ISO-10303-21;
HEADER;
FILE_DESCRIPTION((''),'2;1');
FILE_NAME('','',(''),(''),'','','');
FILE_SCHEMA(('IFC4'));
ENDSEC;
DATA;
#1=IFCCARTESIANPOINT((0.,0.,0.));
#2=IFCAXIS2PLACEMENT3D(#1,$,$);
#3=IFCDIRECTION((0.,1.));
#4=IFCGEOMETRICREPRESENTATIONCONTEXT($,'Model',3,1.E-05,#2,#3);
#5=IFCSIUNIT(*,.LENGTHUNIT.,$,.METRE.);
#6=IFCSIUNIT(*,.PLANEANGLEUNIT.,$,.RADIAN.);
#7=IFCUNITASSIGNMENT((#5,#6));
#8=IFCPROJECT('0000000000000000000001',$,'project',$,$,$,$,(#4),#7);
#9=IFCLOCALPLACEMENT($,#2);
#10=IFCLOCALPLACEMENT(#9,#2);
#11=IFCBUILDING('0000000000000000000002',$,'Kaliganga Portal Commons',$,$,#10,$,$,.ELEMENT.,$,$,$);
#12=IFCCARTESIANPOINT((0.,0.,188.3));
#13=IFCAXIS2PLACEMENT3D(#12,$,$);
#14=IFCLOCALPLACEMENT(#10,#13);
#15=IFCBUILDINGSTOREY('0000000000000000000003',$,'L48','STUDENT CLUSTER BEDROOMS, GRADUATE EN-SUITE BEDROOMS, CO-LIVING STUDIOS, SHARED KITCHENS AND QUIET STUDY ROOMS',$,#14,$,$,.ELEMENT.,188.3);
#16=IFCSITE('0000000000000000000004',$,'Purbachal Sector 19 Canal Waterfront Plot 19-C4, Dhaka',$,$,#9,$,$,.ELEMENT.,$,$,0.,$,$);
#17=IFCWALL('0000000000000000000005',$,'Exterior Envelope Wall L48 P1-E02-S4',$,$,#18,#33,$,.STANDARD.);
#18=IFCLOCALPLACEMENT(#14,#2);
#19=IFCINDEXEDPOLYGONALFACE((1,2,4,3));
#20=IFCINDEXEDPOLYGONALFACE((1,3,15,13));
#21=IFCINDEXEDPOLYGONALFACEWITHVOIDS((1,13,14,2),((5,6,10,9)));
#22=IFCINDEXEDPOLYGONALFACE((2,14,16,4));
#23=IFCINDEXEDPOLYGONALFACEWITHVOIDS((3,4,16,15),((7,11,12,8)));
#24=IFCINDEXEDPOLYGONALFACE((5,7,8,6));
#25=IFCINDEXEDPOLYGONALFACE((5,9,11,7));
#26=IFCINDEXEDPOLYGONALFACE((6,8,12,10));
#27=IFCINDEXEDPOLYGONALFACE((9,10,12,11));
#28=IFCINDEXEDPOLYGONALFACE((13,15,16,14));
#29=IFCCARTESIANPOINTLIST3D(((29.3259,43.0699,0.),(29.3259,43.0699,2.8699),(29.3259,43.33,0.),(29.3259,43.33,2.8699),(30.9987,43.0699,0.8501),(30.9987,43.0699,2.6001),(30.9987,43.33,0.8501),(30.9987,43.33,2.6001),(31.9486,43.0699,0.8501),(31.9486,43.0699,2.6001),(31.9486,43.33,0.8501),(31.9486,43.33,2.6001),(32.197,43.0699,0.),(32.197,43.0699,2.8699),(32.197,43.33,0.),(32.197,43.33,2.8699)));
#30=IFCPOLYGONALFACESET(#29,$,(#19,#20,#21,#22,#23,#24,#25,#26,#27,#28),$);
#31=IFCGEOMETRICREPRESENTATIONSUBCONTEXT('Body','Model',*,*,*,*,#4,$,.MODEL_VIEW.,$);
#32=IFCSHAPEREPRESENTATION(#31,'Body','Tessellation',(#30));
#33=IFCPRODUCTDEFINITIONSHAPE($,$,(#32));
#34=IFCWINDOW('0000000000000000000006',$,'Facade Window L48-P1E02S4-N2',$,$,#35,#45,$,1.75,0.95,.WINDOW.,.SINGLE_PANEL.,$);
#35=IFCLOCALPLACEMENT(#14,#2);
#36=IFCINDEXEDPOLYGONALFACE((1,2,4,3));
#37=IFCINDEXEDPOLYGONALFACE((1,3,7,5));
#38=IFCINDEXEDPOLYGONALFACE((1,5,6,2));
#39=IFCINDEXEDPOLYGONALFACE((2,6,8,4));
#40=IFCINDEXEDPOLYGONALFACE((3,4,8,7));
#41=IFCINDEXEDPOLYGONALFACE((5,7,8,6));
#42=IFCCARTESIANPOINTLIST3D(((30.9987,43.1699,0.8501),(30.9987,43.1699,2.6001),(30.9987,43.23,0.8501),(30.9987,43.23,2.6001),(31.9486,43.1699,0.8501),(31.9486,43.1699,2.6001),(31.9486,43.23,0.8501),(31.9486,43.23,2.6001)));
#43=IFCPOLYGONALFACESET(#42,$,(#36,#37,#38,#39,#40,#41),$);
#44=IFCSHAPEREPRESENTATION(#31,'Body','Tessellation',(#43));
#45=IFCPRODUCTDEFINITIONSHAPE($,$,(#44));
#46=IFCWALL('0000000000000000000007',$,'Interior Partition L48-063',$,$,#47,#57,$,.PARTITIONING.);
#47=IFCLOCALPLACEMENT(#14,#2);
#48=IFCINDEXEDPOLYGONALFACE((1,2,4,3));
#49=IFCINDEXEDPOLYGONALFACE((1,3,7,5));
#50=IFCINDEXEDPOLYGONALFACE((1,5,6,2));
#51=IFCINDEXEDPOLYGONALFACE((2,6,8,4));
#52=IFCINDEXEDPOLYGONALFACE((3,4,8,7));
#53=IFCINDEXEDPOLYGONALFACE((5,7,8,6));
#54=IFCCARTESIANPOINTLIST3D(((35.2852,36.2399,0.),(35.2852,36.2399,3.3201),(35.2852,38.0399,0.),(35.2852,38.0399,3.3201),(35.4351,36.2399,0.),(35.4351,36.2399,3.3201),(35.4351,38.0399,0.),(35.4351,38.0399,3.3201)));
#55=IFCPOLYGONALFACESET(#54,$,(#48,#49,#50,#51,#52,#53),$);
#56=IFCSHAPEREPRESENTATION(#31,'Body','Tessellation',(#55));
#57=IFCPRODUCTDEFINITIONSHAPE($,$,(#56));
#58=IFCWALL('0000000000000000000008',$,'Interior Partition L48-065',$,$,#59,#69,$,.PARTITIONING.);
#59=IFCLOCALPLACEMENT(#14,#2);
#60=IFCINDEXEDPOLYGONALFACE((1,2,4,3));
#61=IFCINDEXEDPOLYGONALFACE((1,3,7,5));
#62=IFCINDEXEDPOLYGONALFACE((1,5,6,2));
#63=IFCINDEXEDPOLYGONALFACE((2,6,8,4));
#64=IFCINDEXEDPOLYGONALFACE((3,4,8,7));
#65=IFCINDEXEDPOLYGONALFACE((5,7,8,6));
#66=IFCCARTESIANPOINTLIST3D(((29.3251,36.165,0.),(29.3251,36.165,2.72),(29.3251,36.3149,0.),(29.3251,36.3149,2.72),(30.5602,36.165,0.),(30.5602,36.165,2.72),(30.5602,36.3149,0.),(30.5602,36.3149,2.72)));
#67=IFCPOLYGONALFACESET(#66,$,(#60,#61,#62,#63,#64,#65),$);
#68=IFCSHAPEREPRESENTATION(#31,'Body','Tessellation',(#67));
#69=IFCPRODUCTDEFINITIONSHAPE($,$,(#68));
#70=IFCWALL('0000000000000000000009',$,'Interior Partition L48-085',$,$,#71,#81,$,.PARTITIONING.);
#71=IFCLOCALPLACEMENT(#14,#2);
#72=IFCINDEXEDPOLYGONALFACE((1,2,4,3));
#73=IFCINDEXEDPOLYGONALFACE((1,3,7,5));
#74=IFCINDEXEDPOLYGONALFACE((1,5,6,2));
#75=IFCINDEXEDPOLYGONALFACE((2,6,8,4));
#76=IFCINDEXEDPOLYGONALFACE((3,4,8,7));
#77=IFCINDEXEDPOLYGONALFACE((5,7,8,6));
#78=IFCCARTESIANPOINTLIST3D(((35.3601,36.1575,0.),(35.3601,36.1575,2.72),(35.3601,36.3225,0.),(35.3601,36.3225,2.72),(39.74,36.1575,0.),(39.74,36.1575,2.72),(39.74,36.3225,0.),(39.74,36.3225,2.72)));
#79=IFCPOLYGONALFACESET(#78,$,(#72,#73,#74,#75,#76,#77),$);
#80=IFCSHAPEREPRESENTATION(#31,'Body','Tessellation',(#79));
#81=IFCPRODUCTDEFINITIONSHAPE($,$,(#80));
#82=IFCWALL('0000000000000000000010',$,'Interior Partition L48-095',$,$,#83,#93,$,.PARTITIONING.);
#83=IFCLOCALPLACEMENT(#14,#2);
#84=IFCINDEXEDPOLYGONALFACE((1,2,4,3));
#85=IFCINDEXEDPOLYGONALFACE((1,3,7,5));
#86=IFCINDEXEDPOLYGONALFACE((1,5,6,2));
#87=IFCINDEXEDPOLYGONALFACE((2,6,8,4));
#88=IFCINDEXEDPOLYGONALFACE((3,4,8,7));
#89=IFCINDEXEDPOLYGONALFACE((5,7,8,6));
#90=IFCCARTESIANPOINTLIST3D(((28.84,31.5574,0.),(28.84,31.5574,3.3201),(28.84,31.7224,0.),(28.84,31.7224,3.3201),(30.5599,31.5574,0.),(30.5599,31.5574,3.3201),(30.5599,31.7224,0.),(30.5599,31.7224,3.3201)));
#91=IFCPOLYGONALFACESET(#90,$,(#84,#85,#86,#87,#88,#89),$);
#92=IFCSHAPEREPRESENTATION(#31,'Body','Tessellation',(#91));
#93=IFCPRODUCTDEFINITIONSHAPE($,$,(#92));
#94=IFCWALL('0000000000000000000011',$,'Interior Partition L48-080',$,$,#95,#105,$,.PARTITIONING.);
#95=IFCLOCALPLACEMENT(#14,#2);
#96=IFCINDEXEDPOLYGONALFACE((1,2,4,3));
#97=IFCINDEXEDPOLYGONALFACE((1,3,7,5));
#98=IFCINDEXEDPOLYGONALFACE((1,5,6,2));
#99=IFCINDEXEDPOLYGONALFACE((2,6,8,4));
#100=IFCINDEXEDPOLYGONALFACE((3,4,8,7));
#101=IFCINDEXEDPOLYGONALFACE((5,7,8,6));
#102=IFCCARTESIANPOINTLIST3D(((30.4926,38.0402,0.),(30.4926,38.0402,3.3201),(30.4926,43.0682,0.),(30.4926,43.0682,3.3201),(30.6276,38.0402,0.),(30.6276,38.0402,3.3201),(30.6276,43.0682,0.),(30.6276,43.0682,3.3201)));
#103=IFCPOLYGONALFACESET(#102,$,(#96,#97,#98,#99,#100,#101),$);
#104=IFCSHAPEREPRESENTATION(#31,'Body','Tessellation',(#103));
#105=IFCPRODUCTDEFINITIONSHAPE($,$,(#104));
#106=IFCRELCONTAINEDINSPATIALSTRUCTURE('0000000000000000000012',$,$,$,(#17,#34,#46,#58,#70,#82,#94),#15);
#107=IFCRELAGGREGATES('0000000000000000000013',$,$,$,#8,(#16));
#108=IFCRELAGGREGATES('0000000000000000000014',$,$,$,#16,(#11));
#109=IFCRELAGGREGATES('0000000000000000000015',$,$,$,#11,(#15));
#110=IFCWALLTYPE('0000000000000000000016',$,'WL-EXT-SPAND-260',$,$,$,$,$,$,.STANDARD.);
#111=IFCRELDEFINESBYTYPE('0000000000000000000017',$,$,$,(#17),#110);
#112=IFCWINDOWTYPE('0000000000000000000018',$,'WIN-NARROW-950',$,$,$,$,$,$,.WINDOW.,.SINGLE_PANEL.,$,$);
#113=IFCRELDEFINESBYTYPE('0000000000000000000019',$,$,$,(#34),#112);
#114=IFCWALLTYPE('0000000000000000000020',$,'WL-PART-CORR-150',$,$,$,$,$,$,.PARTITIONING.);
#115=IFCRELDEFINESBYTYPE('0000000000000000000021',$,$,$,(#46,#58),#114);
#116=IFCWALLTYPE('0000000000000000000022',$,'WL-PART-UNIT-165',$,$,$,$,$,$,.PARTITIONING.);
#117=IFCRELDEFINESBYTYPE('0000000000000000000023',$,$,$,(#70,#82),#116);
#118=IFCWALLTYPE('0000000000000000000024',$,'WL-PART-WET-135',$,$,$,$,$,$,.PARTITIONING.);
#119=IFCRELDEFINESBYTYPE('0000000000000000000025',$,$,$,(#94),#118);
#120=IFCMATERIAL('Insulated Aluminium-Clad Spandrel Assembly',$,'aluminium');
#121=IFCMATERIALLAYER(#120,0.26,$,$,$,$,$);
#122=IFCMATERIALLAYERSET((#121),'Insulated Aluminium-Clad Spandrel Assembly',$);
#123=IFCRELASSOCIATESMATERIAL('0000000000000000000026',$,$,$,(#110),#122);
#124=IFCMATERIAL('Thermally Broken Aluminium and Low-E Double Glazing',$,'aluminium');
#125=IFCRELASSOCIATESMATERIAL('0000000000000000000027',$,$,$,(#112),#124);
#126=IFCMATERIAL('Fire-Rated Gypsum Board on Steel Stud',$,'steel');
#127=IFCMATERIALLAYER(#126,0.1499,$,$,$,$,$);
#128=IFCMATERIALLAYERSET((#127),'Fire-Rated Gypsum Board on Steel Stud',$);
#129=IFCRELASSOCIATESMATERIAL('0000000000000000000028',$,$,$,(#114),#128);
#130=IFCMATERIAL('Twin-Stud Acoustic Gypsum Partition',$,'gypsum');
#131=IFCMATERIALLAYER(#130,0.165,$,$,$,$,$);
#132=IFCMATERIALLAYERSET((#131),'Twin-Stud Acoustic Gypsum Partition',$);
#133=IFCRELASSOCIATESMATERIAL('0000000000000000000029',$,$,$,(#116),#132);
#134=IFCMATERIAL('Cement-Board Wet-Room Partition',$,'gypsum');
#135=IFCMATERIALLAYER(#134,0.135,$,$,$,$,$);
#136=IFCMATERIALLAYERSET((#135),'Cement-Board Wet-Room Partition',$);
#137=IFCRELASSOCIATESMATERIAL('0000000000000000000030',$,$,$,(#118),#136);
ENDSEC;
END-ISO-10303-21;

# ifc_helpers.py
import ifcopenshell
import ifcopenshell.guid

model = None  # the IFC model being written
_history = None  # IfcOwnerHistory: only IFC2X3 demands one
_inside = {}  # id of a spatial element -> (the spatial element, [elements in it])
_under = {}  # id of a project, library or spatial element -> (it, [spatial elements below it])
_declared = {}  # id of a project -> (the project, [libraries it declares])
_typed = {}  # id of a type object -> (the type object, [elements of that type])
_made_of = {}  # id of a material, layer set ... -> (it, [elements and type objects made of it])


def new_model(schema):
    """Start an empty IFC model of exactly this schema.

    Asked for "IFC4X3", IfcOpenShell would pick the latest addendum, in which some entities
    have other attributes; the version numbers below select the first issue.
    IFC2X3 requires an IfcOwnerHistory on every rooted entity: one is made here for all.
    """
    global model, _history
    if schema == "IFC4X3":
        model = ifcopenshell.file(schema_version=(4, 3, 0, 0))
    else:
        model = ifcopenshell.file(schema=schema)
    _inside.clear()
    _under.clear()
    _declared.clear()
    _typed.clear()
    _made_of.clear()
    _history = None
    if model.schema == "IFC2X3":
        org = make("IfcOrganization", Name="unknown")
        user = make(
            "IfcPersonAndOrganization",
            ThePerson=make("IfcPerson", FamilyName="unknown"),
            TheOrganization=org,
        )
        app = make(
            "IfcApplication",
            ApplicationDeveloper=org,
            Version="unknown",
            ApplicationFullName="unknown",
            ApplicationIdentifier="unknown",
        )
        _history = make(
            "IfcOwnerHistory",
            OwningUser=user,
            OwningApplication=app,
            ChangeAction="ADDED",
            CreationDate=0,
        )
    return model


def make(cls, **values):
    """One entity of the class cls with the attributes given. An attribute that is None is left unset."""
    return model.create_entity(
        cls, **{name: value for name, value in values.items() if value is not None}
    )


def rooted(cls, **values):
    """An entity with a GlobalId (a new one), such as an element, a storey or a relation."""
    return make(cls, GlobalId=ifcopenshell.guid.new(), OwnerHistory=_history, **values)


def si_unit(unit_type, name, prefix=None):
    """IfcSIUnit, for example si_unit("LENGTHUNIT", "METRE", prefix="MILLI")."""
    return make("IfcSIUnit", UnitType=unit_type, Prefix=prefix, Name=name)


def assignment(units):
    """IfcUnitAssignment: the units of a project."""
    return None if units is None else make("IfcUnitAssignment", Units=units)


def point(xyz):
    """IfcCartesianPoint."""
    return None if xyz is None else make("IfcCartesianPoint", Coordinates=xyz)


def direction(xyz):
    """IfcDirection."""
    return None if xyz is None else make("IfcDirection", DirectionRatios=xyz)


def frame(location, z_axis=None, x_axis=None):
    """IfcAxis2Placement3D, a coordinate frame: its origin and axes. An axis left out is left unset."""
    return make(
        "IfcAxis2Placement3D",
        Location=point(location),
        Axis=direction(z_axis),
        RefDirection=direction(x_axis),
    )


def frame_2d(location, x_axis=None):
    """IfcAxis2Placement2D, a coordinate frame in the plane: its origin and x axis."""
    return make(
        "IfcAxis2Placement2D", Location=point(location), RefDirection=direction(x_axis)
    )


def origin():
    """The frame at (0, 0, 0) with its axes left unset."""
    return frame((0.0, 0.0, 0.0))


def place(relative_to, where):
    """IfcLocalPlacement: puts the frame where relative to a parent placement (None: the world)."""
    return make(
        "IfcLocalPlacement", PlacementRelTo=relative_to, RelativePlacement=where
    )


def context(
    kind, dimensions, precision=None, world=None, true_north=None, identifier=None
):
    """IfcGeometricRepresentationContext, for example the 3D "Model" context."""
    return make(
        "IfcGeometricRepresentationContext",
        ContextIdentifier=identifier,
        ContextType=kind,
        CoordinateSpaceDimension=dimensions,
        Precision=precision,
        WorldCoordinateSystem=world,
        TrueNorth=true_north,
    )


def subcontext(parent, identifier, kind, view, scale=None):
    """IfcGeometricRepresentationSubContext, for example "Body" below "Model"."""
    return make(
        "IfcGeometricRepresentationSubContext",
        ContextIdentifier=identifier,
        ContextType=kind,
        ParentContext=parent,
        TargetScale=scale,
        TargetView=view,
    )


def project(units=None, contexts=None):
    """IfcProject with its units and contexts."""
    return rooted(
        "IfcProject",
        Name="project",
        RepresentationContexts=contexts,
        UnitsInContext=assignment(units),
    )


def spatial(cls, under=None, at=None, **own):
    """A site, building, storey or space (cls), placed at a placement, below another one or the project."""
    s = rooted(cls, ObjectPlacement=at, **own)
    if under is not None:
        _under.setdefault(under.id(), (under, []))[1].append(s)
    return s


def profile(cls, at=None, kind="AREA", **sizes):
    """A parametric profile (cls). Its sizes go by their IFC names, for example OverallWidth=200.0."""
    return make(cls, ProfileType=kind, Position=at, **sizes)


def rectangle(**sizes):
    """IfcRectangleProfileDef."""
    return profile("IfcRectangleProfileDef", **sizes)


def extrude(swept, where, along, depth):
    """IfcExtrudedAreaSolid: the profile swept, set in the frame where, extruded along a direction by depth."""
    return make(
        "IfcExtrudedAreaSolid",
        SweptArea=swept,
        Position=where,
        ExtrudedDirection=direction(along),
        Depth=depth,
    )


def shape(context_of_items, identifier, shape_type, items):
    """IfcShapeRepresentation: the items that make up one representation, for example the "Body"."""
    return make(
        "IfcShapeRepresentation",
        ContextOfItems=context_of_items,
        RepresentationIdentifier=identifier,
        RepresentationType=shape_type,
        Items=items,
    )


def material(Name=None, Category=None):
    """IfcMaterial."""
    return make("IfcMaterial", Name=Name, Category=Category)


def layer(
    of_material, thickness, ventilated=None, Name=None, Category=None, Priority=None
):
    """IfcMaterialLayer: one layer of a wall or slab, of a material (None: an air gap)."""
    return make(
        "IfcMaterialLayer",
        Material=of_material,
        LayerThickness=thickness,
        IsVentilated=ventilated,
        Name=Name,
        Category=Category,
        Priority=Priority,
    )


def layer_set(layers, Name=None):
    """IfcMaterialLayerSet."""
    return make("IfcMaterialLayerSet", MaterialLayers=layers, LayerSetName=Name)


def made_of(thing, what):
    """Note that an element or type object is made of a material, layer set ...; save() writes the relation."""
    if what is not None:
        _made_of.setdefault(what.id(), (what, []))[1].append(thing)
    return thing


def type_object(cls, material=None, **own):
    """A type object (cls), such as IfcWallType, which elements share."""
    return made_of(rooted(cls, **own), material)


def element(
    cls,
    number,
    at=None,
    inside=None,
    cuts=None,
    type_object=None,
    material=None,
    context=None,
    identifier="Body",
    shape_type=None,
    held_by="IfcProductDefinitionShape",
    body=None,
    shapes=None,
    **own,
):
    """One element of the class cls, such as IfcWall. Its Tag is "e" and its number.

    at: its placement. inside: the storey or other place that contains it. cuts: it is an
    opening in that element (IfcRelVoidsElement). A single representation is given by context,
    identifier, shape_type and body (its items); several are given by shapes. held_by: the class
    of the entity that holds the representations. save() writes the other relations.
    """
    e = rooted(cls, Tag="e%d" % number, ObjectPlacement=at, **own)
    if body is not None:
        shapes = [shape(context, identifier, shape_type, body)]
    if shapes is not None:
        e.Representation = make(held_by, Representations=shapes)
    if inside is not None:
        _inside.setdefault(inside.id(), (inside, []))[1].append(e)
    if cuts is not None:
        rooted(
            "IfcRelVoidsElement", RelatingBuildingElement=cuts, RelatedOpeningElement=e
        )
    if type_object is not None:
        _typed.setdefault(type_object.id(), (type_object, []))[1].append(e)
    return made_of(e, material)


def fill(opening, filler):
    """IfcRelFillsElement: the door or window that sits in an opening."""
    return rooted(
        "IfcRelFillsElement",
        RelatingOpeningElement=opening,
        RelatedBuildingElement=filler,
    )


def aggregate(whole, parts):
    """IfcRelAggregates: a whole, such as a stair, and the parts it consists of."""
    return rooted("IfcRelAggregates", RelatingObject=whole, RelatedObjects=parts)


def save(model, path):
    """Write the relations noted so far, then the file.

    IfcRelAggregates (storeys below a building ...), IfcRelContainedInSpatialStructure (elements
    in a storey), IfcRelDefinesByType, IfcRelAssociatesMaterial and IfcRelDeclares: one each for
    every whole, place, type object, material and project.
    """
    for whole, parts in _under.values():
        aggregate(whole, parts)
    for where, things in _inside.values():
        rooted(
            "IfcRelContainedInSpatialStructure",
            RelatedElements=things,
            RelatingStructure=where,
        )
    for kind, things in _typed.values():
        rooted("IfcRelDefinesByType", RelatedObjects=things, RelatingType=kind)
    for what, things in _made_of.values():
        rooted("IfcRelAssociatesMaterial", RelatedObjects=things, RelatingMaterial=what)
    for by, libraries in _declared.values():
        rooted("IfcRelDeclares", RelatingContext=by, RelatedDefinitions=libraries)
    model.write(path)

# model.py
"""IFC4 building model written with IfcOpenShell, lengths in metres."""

from ifc_helpers import new_model, si_unit, direction, frame, frame_2d, origin, place, context, subcontext, project, spatial, rectangle, extrude, material, layer, layer_set, type_object, element, fill, save


model = new_model("IFC4")

# Units and contexts
model_context = context("Model", 3, precision=1e-05, world=origin(), true_north=direction((0.0, 1.0)))
body_context = subcontext(model_context, "Body", "Model", "MODEL_VIEW")
ifc_project = project(units=[si_unit("LENGTHUNIT", "METRE"), si_unit("PLANEANGLEUNIT", "RADIAN")], contexts=[model_context])

# Site, building, storey
site_placement = place(None, origin())
site = spatial("IfcSite", under=ifc_project, at=site_placement, Name="Purbachal Sector 19 Canal Waterfront Plot 19-C4, Dhaka", CompositionType="ELEMENT", RefElevation=0.0)
building_placement = place(site_placement, origin())
building = spatial("IfcBuilding", under=site, at=building_placement, Name="Kaliganga Portal Commons", CompositionType="ELEMENT")
storey_placement = place(building_placement, frame((0.0, 0.0, 188.3)))
storey = spatial("IfcBuildingStorey", under=building, at=storey_placement, Name="L48", Description="STUDENT CLUSTER BEDROOMS, GRADUATE EN-SUITE BEDROOMS, CO-LIVING STUDIOS, SHARED KITCHENS AND QUIET STUDY ROOMS", CompositionType="ELEMENT", Elevation=188.3)

# Shared definitions
ifc_material_1 = material(Name="Insulated Aluminium-Clad Spandrel Assembly", Category="aluminium")
ifc_layer_1 = layer(ifc_material_1, 0.26)
ifc_layer_set_1 = layer_set([ifc_layer_1], Name="Insulated Aluminium-Clad Spandrel Assembly")
wall_type_1 = type_object("IfcWallType", Name="WL-EXT-SPAND-260", PredefinedType="STANDARD", material=ifc_layer_set_1)
ifc_material_2 = material(Name="Thermally Broken Aluminium and Low-E Double Glazing", Category="aluminium")

# Wall, opening, window
window_type_1 = type_object("IfcWindowType", Name="WIN-NARROW-950", PartitioningType="SINGLE_PANEL", PredefinedType="WINDOW", material=ifc_material_2)
wall_1_placement = place(storey_placement, frame((29.3259, 43.2, 0.0), z_axis=(0.0, 0.0, 1.0), x_axis=(1.0, 0.0, 0.0)))
wall_1 = element("IfcWall", 1, at=wall_1_placement, inside=storey, type_object=wall_type_1, Name="Exterior Envelope Wall L48 P1-E02-S4", PredefinedType="STANDARD", context=body_context, shape_type="SweptSolid", body=[
    extrude(rectangle(XDim=2.8711, YDim=0.26, at=frame_2d((1.4355, 0.0))), origin(), (0.0, 0.0, 1.0), 2.8699),
])
opening_1_placement = place(wall_1_placement, frame((1.6726, 0.0, 0.8501)))
opening_1 = element("IfcOpeningElement", 2, at=opening_1_placement, cuts=wall_1, PredefinedType="OPENING", context=body_context, shape_type="SweptSolid", body=[
    extrude(rectangle(XDim=0.95, YDim=1.75, at=frame_2d((0.4751, 0.875))), frame((0.0, 0.1401, 0.0), z_axis=(0.0, -1.0, 0.0), x_axis=(1.0, 0.0, 0.0)), (0.0, 0.0, 1.0), 0.28),
])
window_1_placement = place(opening_1_placement, origin())
window_1 = element("IfcWindow", 3, at=window_1_placement, inside=storey, type_object=window_type_1, Name="Facade Window L48-P1E02S4-N2", OverallHeight=1.75, OverallWidth=0.95, PartitioningType="SINGLE_PANEL", PredefinedType="WINDOW", context=body_context, shape_type="SweptSolid", body=[
    extrude(rectangle(XDim=0.95, YDim=1.75, at=frame_2d((0.4751, 0.875))), frame((0.0, 0.03, 0.0), z_axis=(0.0, -1.0, 0.0), x_axis=(1.0, 0.0, 0.0)), (0.0, 0.0, 1.0), 0.0601),
])
fill(opening_1, window_1)

# Shared definitions
ifc_material_3 = material(Name="Fire-Rated Gypsum Board on Steel Stud", Category="steel")
ifc_layer_2 = layer(ifc_material_3, 0.1499)
ifc_layer_set_2 = layer_set([ifc_layer_2], Name="Fire-Rated Gypsum Board on Steel Stud")
wall_type_2 = type_object("IfcWallType", Name="WL-PART-CORR-150", PredefinedType="PARTITIONING", material=ifc_layer_set_2)

# Walls
wall_2_placement = place(storey_placement, frame((35.3601, 36.24, 0.0), z_axis=(0.0, 0.0, 1.0), x_axis=(0.0, 1.0, 0.0)))
element("IfcWall", 4, at=wall_2_placement, inside=storey, type_object=wall_type_2, Name="Interior Partition L48-063", PredefinedType="PARTITIONING", context=body_context, shape_type="SweptSolid", body=[
    extrude(rectangle(XDim=1.8, YDim=0.1499, at=frame_2d((0.8999, 0.0))), origin(), (0.0, 0.0, 1.0), 3.3201),
])
wall_3_placement = place(storey_placement, frame((29.325, 36.24, 0.0), z_axis=(0.0, 0.0, 1.0), x_axis=(1.0, 0.0, 0.0)))
element("IfcWall", 5, at=wall_3_placement, inside=storey, type_object=wall_type_2, Name="Interior Partition L48-065", PredefinedType="PARTITIONING", context=body_context, shape_type="SweptSolid", body=[
    extrude(rectangle(XDim=1.2351, YDim=0.1499, at=frame_2d((0.6177, 0.0))), origin(), (0.0, 0.0, 1.0), 2.72),
])
ifc_material_4 = material(Name="Twin-Stud Acoustic Gypsum Partition", Category="gypsum")
ifc_layer_3 = layer(ifc_material_4, 0.165)
ifc_layer_set_3 = layer_set([ifc_layer_3], Name="Twin-Stud Acoustic Gypsum Partition")
wall_type_3 = type_object("IfcWallType", Name="WL-PART-UNIT-165", PredefinedType="PARTITIONING", material=ifc_layer_set_3)
wall_4_placement = place(storey_placement, frame((35.3601, 36.24, 0.0), z_axis=(0.0, 0.0, 1.0), x_axis=(1.0, 0.0, 0.0)))
element("IfcWall", 6, at=wall_4_placement, inside=storey, type_object=wall_type_3, Name="Interior Partition L48-085", PredefinedType="PARTITIONING", context=body_context, shape_type="SweptSolid", body=[
    extrude(rectangle(XDim=4.3799, YDim=0.165, at=frame_2d((2.1899, 0.0))), origin(), (0.0, 0.0, 1.0), 2.72),
])
wall_5_placement = place(storey_placement, frame((28.8401, 31.6399, 0.0), z_axis=(0.0, 0.0, 1.0), x_axis=(1.0, 0.0, 0.0)))
element("IfcWall", 7, at=wall_5_placement, inside=storey, type_object=wall_type_3, Name="Interior Partition L48-095", PredefinedType="PARTITIONING", context=body_context, shape_type="SweptSolid", body=[
    extrude(rectangle(XDim=1.72, YDim=0.165, at=frame_2d((0.8599, 0.0))), origin(), (0.0, 0.0, 1.0), 3.3201),
])
ifc_material_5 = material(Name="Cement-Board Wet-Room Partition", Category="gypsum")
ifc_layer_4 = layer(ifc_material_5, 0.135)
ifc_layer_set_4 = layer_set([ifc_layer_4], Name="Cement-Board Wet-Room Partition")
wall_type_4 = type_object("IfcWallType", Name="WL-PART-WET-135", PredefinedType="PARTITIONING", material=ifc_layer_set_4)
wall_6_placement = place(storey_placement, frame((30.5601, 38.04, 0.0), z_axis=(0.0, 0.0, 1.0), x_axis=(0.0, 1.0, 0.0)))
element("IfcWall", 8, at=wall_6_placement, inside=storey, type_object=wall_type_4, Name="Interior Partition L48-080", PredefinedType="PARTITIONING", context=body_context, shape_type="SweptSolid", body=[
    extrude(rectangle(XDim=5.0281, YDim=0.135, at=frame_2d((2.5142, 0.0))), origin(), (0.0, 0.0, 1.0), 3.3201),
])

save(model, "model.ifc")
